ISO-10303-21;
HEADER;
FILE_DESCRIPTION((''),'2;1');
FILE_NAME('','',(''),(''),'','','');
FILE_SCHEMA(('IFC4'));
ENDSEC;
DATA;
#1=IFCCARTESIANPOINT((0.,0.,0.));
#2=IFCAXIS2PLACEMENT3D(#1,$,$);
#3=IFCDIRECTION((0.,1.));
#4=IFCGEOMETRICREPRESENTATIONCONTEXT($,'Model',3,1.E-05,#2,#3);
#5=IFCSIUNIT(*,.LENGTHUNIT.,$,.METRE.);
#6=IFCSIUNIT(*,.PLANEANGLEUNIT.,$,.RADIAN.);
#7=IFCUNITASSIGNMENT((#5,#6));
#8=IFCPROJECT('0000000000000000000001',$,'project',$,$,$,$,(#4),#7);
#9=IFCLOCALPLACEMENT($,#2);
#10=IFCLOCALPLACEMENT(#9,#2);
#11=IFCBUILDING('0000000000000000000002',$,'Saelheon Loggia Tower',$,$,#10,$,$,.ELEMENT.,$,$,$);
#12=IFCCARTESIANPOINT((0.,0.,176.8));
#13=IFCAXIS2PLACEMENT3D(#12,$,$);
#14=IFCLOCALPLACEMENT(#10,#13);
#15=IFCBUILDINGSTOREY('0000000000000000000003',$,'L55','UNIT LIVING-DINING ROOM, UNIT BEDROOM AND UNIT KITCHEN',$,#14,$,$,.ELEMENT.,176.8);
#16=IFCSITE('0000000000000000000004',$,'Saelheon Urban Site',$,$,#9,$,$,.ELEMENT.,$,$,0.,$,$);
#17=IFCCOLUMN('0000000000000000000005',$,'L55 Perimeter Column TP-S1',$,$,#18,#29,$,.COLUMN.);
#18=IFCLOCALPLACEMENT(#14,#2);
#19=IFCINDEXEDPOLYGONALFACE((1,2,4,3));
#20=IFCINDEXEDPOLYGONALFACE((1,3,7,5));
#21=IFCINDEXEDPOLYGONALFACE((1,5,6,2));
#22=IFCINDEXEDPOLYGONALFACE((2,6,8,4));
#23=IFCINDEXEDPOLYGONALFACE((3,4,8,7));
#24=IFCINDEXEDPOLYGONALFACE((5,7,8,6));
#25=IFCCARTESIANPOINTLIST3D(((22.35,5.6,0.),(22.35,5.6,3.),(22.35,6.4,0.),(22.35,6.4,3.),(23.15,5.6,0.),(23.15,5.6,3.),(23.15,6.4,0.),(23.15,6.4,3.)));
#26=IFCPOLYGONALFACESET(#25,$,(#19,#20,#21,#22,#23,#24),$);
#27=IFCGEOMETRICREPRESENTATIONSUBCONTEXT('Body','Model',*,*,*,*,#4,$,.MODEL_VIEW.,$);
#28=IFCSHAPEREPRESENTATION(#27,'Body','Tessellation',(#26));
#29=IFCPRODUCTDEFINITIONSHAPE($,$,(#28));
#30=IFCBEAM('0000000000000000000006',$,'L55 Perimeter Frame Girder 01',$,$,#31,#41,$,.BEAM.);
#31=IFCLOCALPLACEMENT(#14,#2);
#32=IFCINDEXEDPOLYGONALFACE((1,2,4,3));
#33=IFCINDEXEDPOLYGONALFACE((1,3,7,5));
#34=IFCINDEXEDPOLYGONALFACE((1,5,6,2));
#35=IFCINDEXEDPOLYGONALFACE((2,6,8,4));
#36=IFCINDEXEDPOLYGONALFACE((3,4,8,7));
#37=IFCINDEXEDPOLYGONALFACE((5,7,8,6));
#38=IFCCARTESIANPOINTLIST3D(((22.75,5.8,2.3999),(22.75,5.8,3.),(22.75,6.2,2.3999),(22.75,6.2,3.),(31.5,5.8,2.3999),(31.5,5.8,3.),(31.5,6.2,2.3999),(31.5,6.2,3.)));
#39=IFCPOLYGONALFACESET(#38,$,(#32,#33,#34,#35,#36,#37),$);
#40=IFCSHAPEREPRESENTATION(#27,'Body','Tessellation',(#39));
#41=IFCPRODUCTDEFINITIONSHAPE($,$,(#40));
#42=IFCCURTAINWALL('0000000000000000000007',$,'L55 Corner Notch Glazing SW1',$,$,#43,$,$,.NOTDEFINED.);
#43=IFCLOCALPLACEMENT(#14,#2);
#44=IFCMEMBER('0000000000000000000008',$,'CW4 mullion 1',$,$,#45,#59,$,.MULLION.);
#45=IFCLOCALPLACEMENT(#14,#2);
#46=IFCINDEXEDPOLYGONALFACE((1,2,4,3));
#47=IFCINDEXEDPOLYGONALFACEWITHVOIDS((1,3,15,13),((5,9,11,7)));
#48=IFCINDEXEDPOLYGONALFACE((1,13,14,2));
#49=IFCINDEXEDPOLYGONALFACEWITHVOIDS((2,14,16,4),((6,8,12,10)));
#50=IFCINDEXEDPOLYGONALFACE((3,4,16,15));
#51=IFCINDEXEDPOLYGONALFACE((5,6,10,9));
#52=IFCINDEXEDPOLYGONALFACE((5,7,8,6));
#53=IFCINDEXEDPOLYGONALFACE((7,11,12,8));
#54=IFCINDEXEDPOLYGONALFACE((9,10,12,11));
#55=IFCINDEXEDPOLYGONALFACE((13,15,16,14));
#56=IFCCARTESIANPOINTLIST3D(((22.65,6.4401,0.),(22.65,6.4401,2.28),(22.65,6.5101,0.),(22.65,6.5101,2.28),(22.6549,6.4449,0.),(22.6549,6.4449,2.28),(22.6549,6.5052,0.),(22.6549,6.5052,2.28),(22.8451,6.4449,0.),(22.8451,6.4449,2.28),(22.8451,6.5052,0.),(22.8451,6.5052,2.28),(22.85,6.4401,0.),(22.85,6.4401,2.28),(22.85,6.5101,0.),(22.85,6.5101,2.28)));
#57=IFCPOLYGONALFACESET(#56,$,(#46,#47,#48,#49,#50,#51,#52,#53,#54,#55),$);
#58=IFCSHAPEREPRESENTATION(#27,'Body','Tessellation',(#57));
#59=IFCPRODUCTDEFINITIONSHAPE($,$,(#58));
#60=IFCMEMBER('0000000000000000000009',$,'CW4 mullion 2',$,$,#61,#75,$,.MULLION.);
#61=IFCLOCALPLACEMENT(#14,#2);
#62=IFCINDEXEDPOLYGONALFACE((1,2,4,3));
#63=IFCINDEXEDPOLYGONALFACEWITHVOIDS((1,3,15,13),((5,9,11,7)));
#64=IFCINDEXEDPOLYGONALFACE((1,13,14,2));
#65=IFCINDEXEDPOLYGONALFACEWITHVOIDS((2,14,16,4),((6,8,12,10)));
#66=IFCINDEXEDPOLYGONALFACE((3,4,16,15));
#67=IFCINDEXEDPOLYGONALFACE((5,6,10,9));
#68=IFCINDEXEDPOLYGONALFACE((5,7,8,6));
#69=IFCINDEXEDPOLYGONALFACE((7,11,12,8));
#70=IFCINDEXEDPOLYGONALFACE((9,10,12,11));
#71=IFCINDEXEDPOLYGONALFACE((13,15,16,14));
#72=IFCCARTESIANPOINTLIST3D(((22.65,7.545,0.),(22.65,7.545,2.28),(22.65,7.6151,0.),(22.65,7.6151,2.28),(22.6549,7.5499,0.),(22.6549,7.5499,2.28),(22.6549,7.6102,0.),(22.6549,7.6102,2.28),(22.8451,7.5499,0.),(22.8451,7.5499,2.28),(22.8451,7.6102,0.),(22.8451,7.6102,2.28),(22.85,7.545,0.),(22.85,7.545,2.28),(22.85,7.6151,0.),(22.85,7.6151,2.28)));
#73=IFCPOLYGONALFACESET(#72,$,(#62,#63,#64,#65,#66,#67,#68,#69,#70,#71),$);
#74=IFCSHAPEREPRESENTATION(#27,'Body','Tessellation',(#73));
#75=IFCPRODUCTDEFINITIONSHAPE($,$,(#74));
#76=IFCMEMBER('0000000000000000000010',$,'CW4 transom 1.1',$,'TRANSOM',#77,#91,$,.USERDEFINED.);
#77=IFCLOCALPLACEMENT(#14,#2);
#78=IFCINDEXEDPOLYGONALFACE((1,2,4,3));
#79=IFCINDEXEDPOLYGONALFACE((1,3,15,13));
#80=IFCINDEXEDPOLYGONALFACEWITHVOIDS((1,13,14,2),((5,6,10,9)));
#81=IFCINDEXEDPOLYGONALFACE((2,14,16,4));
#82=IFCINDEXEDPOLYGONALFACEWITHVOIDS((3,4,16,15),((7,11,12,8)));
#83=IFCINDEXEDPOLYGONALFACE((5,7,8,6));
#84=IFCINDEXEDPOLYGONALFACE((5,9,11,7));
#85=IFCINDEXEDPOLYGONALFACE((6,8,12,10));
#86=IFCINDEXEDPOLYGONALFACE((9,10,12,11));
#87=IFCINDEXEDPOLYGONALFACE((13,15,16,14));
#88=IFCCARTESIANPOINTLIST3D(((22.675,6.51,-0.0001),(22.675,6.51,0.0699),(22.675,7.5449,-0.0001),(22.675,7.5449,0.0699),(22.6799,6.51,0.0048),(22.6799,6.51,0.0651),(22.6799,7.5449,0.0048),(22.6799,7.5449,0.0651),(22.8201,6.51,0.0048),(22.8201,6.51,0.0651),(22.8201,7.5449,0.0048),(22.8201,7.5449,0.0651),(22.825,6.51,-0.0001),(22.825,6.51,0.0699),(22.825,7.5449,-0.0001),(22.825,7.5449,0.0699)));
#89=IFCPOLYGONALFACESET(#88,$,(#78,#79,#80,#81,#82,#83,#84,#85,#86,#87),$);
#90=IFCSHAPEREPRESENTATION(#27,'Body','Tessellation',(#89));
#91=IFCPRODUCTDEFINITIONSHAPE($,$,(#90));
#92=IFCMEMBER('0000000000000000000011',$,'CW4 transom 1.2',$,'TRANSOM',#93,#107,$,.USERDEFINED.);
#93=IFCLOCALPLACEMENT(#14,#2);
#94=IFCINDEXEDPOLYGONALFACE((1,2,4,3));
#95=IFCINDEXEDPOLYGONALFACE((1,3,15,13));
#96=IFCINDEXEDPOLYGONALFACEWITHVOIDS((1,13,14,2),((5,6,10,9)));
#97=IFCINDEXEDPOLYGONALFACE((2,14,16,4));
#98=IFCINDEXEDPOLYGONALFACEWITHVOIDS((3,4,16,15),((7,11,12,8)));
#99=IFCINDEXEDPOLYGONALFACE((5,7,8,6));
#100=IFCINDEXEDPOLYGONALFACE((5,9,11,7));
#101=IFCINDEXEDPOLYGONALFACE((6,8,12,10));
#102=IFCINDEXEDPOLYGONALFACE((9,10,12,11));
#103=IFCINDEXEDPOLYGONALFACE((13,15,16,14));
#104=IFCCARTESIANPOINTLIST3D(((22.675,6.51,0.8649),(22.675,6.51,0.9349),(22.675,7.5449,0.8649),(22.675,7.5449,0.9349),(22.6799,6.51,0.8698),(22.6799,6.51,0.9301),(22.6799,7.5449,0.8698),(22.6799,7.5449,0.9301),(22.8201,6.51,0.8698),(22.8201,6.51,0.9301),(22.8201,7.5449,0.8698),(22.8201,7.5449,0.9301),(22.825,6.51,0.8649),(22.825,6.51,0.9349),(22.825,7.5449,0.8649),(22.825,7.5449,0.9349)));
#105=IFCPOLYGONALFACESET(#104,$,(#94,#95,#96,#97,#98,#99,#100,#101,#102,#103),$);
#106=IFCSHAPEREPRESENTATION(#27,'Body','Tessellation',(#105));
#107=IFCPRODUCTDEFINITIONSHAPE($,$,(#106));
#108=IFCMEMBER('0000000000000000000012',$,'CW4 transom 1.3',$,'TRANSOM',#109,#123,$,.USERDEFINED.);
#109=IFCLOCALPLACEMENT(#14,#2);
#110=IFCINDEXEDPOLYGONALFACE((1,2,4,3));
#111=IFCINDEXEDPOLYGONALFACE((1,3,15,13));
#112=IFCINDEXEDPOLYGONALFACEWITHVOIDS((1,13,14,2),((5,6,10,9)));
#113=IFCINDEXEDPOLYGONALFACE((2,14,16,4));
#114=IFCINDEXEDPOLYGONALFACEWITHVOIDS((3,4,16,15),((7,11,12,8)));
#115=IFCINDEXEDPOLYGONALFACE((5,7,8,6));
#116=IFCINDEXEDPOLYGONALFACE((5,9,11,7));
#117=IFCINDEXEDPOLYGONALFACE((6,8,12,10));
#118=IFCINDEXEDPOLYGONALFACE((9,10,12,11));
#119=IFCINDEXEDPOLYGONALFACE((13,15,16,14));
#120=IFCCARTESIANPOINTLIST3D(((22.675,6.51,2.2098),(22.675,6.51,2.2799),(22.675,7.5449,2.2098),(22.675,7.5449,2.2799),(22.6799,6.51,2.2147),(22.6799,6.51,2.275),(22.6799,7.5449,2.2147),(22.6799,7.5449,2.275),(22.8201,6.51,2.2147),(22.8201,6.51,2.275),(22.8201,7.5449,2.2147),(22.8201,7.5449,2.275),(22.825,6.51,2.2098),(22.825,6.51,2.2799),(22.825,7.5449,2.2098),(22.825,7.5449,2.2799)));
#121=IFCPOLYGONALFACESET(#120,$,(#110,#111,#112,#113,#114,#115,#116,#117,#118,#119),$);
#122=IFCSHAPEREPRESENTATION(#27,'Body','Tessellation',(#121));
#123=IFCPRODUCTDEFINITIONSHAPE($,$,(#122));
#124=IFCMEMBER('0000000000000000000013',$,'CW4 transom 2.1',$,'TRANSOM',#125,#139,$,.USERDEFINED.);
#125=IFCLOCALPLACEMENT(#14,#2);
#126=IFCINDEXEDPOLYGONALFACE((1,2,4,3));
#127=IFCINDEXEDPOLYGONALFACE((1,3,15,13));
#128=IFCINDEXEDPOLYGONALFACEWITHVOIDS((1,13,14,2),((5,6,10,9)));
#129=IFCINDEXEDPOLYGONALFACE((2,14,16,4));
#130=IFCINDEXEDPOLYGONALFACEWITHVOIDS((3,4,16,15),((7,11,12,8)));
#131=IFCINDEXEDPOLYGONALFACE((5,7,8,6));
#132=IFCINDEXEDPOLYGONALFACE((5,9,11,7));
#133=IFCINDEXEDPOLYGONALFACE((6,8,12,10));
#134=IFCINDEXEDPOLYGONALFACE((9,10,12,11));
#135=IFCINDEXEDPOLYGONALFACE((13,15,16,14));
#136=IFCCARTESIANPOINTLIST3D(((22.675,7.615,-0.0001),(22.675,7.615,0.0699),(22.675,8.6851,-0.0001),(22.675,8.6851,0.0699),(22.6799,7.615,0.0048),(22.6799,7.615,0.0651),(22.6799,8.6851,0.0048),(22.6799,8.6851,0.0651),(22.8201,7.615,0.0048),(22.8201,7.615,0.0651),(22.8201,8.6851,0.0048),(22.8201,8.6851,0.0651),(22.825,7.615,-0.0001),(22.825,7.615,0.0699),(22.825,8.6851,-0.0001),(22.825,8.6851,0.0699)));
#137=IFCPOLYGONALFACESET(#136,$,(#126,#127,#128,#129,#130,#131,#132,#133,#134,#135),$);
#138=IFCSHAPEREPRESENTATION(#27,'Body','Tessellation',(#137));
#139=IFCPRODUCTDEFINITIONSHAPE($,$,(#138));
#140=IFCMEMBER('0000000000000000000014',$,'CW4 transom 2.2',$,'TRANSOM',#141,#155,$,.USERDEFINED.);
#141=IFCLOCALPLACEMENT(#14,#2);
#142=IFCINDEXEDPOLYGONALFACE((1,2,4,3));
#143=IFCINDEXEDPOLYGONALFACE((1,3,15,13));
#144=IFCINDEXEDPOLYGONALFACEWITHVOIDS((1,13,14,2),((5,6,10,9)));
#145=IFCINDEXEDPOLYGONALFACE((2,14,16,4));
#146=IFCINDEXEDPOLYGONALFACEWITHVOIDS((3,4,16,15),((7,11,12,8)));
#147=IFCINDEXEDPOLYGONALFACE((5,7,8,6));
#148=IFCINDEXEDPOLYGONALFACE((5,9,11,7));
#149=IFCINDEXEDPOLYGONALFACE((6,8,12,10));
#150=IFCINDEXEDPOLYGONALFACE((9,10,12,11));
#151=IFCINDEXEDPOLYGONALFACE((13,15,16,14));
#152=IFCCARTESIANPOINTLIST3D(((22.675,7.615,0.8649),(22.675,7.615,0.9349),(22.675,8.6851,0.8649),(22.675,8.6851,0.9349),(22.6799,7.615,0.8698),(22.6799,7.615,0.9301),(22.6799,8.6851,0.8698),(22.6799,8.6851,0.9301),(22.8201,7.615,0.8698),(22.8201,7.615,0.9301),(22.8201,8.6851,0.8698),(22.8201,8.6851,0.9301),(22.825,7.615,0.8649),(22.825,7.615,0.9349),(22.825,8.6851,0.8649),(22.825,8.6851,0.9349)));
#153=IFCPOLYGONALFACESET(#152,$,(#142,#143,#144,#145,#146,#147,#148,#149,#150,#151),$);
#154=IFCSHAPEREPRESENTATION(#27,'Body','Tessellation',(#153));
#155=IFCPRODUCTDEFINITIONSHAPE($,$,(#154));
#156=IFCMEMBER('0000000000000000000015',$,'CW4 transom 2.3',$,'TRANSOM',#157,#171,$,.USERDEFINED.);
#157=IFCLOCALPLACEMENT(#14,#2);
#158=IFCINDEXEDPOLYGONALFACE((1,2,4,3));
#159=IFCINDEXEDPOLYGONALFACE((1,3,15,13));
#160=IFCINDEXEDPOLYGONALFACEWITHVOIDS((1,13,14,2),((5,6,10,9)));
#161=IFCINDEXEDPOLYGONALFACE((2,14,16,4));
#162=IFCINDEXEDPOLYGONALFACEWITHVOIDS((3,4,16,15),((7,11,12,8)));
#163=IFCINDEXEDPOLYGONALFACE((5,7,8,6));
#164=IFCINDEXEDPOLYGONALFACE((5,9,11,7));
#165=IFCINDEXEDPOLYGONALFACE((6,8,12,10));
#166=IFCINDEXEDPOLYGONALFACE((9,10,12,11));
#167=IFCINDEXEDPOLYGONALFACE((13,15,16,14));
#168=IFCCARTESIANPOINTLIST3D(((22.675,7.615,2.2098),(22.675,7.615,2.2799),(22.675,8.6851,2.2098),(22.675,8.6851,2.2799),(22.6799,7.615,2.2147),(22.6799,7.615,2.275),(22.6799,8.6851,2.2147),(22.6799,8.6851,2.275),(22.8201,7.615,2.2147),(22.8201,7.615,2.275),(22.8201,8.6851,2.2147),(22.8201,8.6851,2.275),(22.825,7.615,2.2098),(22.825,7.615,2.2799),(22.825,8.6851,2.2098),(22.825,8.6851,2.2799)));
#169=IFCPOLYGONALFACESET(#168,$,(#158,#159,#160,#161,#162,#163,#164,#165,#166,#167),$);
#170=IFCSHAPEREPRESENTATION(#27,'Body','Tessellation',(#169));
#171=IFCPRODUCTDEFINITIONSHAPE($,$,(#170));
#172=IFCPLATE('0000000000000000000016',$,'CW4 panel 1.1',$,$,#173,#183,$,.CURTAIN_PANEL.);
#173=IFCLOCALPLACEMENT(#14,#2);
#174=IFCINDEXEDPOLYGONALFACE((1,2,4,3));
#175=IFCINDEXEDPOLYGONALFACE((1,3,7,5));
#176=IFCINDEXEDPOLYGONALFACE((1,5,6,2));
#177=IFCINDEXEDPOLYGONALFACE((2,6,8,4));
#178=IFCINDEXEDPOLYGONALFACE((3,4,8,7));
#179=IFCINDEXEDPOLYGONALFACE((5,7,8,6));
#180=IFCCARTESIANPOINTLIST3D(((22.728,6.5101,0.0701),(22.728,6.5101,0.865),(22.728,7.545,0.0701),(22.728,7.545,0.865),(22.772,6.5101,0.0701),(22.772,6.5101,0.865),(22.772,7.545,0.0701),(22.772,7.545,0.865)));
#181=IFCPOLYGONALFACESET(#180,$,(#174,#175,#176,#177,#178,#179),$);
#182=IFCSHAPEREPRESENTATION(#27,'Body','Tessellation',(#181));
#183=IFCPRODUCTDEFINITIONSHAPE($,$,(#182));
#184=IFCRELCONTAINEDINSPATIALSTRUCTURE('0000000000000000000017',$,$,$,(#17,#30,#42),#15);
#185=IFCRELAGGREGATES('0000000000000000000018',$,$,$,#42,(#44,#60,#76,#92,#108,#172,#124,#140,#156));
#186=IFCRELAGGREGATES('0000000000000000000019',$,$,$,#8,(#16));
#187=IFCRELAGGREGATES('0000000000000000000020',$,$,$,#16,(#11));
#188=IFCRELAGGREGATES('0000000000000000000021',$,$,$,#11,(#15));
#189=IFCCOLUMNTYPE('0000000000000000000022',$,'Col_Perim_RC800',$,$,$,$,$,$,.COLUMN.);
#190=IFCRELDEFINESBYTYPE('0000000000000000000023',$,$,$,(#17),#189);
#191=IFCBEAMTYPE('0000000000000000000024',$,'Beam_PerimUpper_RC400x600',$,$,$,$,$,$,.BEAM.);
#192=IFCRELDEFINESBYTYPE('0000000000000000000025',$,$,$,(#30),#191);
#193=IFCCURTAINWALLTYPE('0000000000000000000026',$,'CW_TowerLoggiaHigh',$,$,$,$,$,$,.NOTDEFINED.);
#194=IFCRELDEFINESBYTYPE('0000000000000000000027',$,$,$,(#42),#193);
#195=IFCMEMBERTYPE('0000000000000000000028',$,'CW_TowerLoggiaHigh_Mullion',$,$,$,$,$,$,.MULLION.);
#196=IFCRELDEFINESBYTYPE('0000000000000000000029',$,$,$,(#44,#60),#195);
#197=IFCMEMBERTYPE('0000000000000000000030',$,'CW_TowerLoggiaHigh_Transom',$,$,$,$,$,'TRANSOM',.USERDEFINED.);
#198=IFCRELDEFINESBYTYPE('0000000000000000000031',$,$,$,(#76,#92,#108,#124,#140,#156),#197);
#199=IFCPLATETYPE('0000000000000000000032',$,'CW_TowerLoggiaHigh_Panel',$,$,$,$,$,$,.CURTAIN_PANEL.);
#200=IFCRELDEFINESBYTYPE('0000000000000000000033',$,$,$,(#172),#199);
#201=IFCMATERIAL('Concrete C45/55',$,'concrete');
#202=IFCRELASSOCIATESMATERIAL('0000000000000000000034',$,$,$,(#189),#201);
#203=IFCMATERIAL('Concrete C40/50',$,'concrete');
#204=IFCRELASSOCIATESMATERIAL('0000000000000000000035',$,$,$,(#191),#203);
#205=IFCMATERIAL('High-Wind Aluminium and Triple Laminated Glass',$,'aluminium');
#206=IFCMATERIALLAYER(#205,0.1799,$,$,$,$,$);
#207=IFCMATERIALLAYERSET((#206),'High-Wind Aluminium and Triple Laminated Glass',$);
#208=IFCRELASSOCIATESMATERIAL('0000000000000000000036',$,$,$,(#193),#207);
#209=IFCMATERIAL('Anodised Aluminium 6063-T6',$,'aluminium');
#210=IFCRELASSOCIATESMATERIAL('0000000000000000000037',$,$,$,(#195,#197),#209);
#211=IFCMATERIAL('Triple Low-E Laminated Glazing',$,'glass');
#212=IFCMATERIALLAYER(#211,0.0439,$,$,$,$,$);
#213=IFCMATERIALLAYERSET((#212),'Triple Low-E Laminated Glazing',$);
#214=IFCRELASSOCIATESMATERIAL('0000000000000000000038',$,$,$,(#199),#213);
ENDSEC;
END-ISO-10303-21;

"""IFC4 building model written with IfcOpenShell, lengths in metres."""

from ifc_helpers import new_model, si_unit, direction, frame, origin, origin_2d, place, context, subcontext, project, spatial, rectangle, hollow_rectangle, extrude, source, transform, mapped, material, layer, layer_set, material_profile, profile_set, type_object, element, aggregate, save


model = new_model("IFC4")

# Units and contexts
model_context = context("Model", 3, precision=1e-05, world=origin(), true_north=direction((0.0, 1.0)))
body_context = subcontext(model_context, "Body", "Model", "MODEL_VIEW")
ifc_project = project(units=[si_unit("LENGTHUNIT", "METRE"), si_unit("PLANEANGLEUNIT", "RADIAN")], contexts=[model_context])

# Site, building, storey
site_placement = place(None, origin())
site = spatial("IfcSite", under=ifc_project, at=site_placement, Name="Saelheon Urban Site", CompositionType="ELEMENT", RefElevation=0.0)
building_placement = place(site_placement, origin())
building = spatial("IfcBuilding", under=site, at=building_placement, Name="Saelheon Loggia Tower", CompositionType="ELEMENT")
storey_placement = place(building_placement, frame((0.0, 0.0, 176.8)))
storey = spatial("IfcBuildingStorey", under=building, at=storey_placement, Name="L55", Description="UNIT LIVING-DINING ROOM, UNIT BEDROOM AND UNIT KITCHEN", CompositionType="ELEMENT", Elevation=176.8)

# Column
ifc_material_1 = material(Name="Concrete C45/55", Category="concrete")
ifc_material_profile_1 = material_profile(ifc_material_1, rectangle(XDim=0.8, YDim=0.8, at=origin_2d()), Name="RC-800x800")
ifc_profile_set_1 = profile_set([ifc_material_profile_1], Name="Concrete C45/55")
column_type = type_object("IfcColumnType", Name="Col_Perim_RC800", PredefinedType="COLUMN", material=ifc_profile_set_1)
shared_shape_1 = source(origin(), body_context, "Body", "SweptSolid", [
    extrude(rectangle(XDim=0.8, YDim=0.8, at=origin_2d()), origin(), (0.0, 0.0, 1.0), 3.0),
])
column_placement = place(storey_placement, frame((22.75, 6.0, 0.0), z_axis=(0.0, 0.0, 1.0), x_axis=(1.0, 0.0, 0.0)))
element("IfcColumn", 1, at=column_placement, inside=storey, type_object=column_type, Name="L55 Perimeter Column TP-S1", PredefinedType="COLUMN", context=body_context, shape_type="MappedRepresentation", body=[
    mapped(shared_shape_1, transform((0.0, 0.0, 0.0), scale=1.0)),
])

# Beam
ifc_material_2 = material(Name="Concrete C40/50", Category="concrete")
ifc_material_profile_2 = material_profile(ifc_material_2, rectangle(XDim=0.3999, YDim=0.6001, at=origin_2d()), Name="RC-400x600")
ifc_profile_set_2 = profile_set([ifc_material_profile_2], Name="Concrete C40/50")
beam_type = type_object("IfcBeamType", Name="Beam_PerimUpper_RC400x600", PredefinedType="BEAM", material=ifc_profile_set_2)
shared_shape_2 = source(origin(), body_context, "Body", "SweptSolid", [
    extrude(rectangle(XDim=0.3999, YDim=0.6001, at=origin_2d()), origin(), (0.0, 0.0, 1.0), 8.75),
])
beam_placement = place(storey_placement, frame((22.75, 6.0, 2.7), z_axis=(1.0, 0.0, 0.0), x_axis=(0.0, 1.0, 0.0)))
element("IfcBeam", 2, at=beam_placement, inside=storey, type_object=beam_type, Name="L55 Perimeter Frame Girder 01", PredefinedType="BEAM", context=body_context, shape_type="MappedRepresentation", body=[
    mapped(shared_shape_2, transform((0.0, 0.0, 0.0), scale=1.0)),
])

# Curtain wall, members, plate
ifc_material_3 = material(Name="High-Wind Aluminium and Triple Laminated Glass", Category="aluminium")
ifc_layer_1 = layer(ifc_material_3, 0.1799)
ifc_layer_set_1 = layer_set([ifc_layer_1], Name="High-Wind Aluminium and Triple Laminated Glass")
curtain_wall_type = type_object("IfcCurtainWallType", Name="CW_TowerLoggiaHigh", PredefinedType="NOTDEFINED", material=ifc_layer_set_1)
curtain_wall_placement = place(storey_placement, origin())
curtain_wall = element("IfcCurtainWall", 3, at=curtain_wall_placement, inside=storey, type_object=curtain_wall_type, Name="L55 Corner Notch Glazing SW1", PredefinedType="NOTDEFINED")
ifc_material_4 = material(Name="Anodised Aluminium 6063-T6", Category="aluminium")
ifc_material_profile_3 = material_profile(ifc_material_4, hollow_rectangle(XDim=0.0701, YDim=0.2, WallThickness=0.0049, at=origin_2d()), Name="RHS-200x70x5")
ifc_profile_set_3 = profile_set([ifc_material_profile_3], Name="Anodised Aluminium 6063-T6")
member_type_1 = type_object("IfcMemberType", Name="CW_TowerLoggiaHigh_Mullion", PredefinedType="MULLION", material=ifc_profile_set_3)
shared_shape_3 = source(origin(), body_context, "Body", "SweptSolid", [
    extrude(hollow_rectangle(XDim=0.0701, YDim=0.2, WallThickness=0.0049, at=origin_2d()), origin(), (0.0, 0.0, 1.0), 2.28),
])
member_1_placement = place(storey_placement, frame((22.75, 6.4751, 0.0), z_axis=(0.0, 0.0, 1.0), x_axis=(0.0, 1.0, 0.0)))
member_1 = element("IfcMember", 4, at=member_1_placement, type_object=member_type_1, Name="CW4 mullion 1", PredefinedType="MULLION", context=body_context, shape_type="MappedRepresentation", body=[
    mapped(shared_shape_3, transform((0.0, 0.0, 0.0), scale=1.0)),
])
member_2_placement = place(storey_placement, frame((22.75, 7.5801, 0.0), z_axis=(0.0, 0.0, 1.0), x_axis=(0.0, 1.0, 0.0)))
member_2 = element("IfcMember", 5, at=member_2_placement, type_object=member_type_1, Name="CW4 mullion 2", PredefinedType="MULLION", context=body_context, shape_type="MappedRepresentation", body=[
    mapped(shared_shape_3, transform((0.0, 0.0, 0.0), scale=1.0)),
])
ifc_material_profile_4 = material_profile(ifc_material_4, hollow_rectangle(XDim=0.0701, YDim=0.1499, WallThickness=0.0049, at=origin_2d()), Name="RHS-150x70x5")
ifc_profile_set_4 = profile_set([ifc_material_profile_4], Name="Anodised Aluminium 6063-T6")
member_type_2 = type_object("IfcMemberType", Name="CW_TowerLoggiaHigh_Transom", ElementType="TRANSOM", PredefinedType="USERDEFINED", material=ifc_profile_set_4)
shared_shape_4 = source(origin(), body_context, "Body", "SweptSolid", [
    extrude(hollow_rectangle(XDim=0.0701, YDim=0.1499, WallThickness=0.0049, at=origin_2d()), origin(), (0.0, 0.0, 1.0), 1.0349),
])
member_3_placement = place(storey_placement, frame((22.75, 6.51, 0.0349), z_axis=(0.0, 1.0, 0.0), x_axis=(0.0, 0.0, 1.0)))
member_3 = element("IfcMember", 6, at=member_3_placement, type_object=member_type_2, Name="CW4 transom 1.1", ObjectType="TRANSOM", PredefinedType="USERDEFINED", context=body_context, shape_type="MappedRepresentation", body=[
    mapped(shared_shape_4, transform((0.0, 0.0, 0.0), scale=1.0)),
])
member_4_placement = place(storey_placement, frame((22.75, 6.51, 0.8999), z_axis=(0.0, 1.0, 0.0), x_axis=(0.0, 0.0, 1.0)))
member_4 = element("IfcMember", 7, at=member_4_placement, type_object=member_type_2, Name="CW4 transom 1.2", ObjectType="TRANSOM", PredefinedType="USERDEFINED", context=body_context, shape_type="MappedRepresentation", body=[
    mapped(shared_shape_4, transform((0.0, 0.0, 0.0), scale=1.0)),
])
member_5_placement = place(storey_placement, frame((22.75, 6.51, 2.2449), z_axis=(0.0, 1.0, 0.0), x_axis=(0.0, 0.0, 1.0)))
member_5 = element("IfcMember", 8, at=member_5_placement, type_object=member_type_2, Name="CW4 transom 1.3", ObjectType="TRANSOM", PredefinedType="USERDEFINED", context=body_context, shape_type="MappedRepresentation", body=[
    mapped(shared_shape_4, transform((0.0, 0.0, 0.0), scale=1.0)),
])
shared_shape_5 = source(origin(), body_context, "Body", "SweptSolid", [
    extrude(hollow_rectangle(XDim=0.0701, YDim=0.1499, WallThickness=0.0049, at=origin_2d()), origin(), (0.0, 0.0, 1.0), 1.0701),
])
member_6_placement = place(storey_placement, frame((22.75, 7.615, 0.0349), z_axis=(0.0, 1.0, 0.0), x_axis=(0.0, 0.0, 1.0)))
member_6 = element("IfcMember", 9, at=member_6_placement, type_object=member_type_2, Name="CW4 transom 2.1", ObjectType="TRANSOM", PredefinedType="USERDEFINED", context=body_context, shape_type="MappedRepresentation", body=[
    mapped(shared_shape_5, transform((0.0, 0.0, 0.0), scale=1.0)),
])
member_7_placement = place(storey_placement, frame((22.75, 7.615, 0.8999), z_axis=(0.0, 1.0, 0.0), x_axis=(0.0, 0.0, 1.0)))
member_7 = element("IfcMember", 10, at=member_7_placement, type_object=member_type_2, Name="CW4 transom 2.2", ObjectType="TRANSOM", PredefinedType="USERDEFINED", context=body_context, shape_type="MappedRepresentation", body=[
    mapped(shared_shape_5, transform((0.0, 0.0, 0.0), scale=1.0)),
])
member_8_placement = place(storey_placement, frame((22.75, 7.615, 2.2449), z_axis=(0.0, 1.0, 0.0), x_axis=(0.0, 0.0, 1.0)))
member_8 = element("IfcMember", 11, at=member_8_placement, type_object=member_type_2, Name="CW4 transom 2.3", ObjectType="TRANSOM", PredefinedType="USERDEFINED", context=body_context, shape_type="MappedRepresentation", body=[
    mapped(shared_shape_5, transform((0.0, 0.0, 0.0), scale=1.0)),
])
ifc_material_5 = material(Name="Triple Low-E Laminated Glazing", Category="glass")
ifc_layer_2 = layer(ifc_material_5, 0.0439)
ifc_layer_set_2 = layer_set([ifc_layer_2], Name="Triple Low-E Laminated Glazing")
plate_type = type_object("IfcPlateType", Name="CW_TowerLoggiaHigh_Panel", PredefinedType="CURTAIN_PANEL", material=ifc_layer_set_2)
shared_shape_6 = source(origin(), body_context, "Body", "SweptSolid", [
    extrude(rectangle(XDim=1.0349, YDim=0.0439, at=origin_2d()), origin(), (0.0, 0.0, 1.0), 0.7949),
])
plate_1_placement = place(storey_placement, frame((22.75, 7.0276, 0.0701), z_axis=(0.0, 0.0, 1.0), x_axis=(0.0, 1.0, 0.0)))
plate_1 = element("IfcPlate", 12, at=plate_1_placement, type_object=plate_type, Name="CW4 panel 1.1", PredefinedType="CURTAIN_PANEL", context=body_context, shape_type="MappedRepresentation", body=[
    mapped(shared_shape_6, transform((0.0, 0.0, 0.0), scale=1.0)),
])
aggregate(curtain_wall, [member_1, member_2, member_3, member_4, member_5, plate_1, member_6, member_7, member_8])

save(model, "model.ifc")
